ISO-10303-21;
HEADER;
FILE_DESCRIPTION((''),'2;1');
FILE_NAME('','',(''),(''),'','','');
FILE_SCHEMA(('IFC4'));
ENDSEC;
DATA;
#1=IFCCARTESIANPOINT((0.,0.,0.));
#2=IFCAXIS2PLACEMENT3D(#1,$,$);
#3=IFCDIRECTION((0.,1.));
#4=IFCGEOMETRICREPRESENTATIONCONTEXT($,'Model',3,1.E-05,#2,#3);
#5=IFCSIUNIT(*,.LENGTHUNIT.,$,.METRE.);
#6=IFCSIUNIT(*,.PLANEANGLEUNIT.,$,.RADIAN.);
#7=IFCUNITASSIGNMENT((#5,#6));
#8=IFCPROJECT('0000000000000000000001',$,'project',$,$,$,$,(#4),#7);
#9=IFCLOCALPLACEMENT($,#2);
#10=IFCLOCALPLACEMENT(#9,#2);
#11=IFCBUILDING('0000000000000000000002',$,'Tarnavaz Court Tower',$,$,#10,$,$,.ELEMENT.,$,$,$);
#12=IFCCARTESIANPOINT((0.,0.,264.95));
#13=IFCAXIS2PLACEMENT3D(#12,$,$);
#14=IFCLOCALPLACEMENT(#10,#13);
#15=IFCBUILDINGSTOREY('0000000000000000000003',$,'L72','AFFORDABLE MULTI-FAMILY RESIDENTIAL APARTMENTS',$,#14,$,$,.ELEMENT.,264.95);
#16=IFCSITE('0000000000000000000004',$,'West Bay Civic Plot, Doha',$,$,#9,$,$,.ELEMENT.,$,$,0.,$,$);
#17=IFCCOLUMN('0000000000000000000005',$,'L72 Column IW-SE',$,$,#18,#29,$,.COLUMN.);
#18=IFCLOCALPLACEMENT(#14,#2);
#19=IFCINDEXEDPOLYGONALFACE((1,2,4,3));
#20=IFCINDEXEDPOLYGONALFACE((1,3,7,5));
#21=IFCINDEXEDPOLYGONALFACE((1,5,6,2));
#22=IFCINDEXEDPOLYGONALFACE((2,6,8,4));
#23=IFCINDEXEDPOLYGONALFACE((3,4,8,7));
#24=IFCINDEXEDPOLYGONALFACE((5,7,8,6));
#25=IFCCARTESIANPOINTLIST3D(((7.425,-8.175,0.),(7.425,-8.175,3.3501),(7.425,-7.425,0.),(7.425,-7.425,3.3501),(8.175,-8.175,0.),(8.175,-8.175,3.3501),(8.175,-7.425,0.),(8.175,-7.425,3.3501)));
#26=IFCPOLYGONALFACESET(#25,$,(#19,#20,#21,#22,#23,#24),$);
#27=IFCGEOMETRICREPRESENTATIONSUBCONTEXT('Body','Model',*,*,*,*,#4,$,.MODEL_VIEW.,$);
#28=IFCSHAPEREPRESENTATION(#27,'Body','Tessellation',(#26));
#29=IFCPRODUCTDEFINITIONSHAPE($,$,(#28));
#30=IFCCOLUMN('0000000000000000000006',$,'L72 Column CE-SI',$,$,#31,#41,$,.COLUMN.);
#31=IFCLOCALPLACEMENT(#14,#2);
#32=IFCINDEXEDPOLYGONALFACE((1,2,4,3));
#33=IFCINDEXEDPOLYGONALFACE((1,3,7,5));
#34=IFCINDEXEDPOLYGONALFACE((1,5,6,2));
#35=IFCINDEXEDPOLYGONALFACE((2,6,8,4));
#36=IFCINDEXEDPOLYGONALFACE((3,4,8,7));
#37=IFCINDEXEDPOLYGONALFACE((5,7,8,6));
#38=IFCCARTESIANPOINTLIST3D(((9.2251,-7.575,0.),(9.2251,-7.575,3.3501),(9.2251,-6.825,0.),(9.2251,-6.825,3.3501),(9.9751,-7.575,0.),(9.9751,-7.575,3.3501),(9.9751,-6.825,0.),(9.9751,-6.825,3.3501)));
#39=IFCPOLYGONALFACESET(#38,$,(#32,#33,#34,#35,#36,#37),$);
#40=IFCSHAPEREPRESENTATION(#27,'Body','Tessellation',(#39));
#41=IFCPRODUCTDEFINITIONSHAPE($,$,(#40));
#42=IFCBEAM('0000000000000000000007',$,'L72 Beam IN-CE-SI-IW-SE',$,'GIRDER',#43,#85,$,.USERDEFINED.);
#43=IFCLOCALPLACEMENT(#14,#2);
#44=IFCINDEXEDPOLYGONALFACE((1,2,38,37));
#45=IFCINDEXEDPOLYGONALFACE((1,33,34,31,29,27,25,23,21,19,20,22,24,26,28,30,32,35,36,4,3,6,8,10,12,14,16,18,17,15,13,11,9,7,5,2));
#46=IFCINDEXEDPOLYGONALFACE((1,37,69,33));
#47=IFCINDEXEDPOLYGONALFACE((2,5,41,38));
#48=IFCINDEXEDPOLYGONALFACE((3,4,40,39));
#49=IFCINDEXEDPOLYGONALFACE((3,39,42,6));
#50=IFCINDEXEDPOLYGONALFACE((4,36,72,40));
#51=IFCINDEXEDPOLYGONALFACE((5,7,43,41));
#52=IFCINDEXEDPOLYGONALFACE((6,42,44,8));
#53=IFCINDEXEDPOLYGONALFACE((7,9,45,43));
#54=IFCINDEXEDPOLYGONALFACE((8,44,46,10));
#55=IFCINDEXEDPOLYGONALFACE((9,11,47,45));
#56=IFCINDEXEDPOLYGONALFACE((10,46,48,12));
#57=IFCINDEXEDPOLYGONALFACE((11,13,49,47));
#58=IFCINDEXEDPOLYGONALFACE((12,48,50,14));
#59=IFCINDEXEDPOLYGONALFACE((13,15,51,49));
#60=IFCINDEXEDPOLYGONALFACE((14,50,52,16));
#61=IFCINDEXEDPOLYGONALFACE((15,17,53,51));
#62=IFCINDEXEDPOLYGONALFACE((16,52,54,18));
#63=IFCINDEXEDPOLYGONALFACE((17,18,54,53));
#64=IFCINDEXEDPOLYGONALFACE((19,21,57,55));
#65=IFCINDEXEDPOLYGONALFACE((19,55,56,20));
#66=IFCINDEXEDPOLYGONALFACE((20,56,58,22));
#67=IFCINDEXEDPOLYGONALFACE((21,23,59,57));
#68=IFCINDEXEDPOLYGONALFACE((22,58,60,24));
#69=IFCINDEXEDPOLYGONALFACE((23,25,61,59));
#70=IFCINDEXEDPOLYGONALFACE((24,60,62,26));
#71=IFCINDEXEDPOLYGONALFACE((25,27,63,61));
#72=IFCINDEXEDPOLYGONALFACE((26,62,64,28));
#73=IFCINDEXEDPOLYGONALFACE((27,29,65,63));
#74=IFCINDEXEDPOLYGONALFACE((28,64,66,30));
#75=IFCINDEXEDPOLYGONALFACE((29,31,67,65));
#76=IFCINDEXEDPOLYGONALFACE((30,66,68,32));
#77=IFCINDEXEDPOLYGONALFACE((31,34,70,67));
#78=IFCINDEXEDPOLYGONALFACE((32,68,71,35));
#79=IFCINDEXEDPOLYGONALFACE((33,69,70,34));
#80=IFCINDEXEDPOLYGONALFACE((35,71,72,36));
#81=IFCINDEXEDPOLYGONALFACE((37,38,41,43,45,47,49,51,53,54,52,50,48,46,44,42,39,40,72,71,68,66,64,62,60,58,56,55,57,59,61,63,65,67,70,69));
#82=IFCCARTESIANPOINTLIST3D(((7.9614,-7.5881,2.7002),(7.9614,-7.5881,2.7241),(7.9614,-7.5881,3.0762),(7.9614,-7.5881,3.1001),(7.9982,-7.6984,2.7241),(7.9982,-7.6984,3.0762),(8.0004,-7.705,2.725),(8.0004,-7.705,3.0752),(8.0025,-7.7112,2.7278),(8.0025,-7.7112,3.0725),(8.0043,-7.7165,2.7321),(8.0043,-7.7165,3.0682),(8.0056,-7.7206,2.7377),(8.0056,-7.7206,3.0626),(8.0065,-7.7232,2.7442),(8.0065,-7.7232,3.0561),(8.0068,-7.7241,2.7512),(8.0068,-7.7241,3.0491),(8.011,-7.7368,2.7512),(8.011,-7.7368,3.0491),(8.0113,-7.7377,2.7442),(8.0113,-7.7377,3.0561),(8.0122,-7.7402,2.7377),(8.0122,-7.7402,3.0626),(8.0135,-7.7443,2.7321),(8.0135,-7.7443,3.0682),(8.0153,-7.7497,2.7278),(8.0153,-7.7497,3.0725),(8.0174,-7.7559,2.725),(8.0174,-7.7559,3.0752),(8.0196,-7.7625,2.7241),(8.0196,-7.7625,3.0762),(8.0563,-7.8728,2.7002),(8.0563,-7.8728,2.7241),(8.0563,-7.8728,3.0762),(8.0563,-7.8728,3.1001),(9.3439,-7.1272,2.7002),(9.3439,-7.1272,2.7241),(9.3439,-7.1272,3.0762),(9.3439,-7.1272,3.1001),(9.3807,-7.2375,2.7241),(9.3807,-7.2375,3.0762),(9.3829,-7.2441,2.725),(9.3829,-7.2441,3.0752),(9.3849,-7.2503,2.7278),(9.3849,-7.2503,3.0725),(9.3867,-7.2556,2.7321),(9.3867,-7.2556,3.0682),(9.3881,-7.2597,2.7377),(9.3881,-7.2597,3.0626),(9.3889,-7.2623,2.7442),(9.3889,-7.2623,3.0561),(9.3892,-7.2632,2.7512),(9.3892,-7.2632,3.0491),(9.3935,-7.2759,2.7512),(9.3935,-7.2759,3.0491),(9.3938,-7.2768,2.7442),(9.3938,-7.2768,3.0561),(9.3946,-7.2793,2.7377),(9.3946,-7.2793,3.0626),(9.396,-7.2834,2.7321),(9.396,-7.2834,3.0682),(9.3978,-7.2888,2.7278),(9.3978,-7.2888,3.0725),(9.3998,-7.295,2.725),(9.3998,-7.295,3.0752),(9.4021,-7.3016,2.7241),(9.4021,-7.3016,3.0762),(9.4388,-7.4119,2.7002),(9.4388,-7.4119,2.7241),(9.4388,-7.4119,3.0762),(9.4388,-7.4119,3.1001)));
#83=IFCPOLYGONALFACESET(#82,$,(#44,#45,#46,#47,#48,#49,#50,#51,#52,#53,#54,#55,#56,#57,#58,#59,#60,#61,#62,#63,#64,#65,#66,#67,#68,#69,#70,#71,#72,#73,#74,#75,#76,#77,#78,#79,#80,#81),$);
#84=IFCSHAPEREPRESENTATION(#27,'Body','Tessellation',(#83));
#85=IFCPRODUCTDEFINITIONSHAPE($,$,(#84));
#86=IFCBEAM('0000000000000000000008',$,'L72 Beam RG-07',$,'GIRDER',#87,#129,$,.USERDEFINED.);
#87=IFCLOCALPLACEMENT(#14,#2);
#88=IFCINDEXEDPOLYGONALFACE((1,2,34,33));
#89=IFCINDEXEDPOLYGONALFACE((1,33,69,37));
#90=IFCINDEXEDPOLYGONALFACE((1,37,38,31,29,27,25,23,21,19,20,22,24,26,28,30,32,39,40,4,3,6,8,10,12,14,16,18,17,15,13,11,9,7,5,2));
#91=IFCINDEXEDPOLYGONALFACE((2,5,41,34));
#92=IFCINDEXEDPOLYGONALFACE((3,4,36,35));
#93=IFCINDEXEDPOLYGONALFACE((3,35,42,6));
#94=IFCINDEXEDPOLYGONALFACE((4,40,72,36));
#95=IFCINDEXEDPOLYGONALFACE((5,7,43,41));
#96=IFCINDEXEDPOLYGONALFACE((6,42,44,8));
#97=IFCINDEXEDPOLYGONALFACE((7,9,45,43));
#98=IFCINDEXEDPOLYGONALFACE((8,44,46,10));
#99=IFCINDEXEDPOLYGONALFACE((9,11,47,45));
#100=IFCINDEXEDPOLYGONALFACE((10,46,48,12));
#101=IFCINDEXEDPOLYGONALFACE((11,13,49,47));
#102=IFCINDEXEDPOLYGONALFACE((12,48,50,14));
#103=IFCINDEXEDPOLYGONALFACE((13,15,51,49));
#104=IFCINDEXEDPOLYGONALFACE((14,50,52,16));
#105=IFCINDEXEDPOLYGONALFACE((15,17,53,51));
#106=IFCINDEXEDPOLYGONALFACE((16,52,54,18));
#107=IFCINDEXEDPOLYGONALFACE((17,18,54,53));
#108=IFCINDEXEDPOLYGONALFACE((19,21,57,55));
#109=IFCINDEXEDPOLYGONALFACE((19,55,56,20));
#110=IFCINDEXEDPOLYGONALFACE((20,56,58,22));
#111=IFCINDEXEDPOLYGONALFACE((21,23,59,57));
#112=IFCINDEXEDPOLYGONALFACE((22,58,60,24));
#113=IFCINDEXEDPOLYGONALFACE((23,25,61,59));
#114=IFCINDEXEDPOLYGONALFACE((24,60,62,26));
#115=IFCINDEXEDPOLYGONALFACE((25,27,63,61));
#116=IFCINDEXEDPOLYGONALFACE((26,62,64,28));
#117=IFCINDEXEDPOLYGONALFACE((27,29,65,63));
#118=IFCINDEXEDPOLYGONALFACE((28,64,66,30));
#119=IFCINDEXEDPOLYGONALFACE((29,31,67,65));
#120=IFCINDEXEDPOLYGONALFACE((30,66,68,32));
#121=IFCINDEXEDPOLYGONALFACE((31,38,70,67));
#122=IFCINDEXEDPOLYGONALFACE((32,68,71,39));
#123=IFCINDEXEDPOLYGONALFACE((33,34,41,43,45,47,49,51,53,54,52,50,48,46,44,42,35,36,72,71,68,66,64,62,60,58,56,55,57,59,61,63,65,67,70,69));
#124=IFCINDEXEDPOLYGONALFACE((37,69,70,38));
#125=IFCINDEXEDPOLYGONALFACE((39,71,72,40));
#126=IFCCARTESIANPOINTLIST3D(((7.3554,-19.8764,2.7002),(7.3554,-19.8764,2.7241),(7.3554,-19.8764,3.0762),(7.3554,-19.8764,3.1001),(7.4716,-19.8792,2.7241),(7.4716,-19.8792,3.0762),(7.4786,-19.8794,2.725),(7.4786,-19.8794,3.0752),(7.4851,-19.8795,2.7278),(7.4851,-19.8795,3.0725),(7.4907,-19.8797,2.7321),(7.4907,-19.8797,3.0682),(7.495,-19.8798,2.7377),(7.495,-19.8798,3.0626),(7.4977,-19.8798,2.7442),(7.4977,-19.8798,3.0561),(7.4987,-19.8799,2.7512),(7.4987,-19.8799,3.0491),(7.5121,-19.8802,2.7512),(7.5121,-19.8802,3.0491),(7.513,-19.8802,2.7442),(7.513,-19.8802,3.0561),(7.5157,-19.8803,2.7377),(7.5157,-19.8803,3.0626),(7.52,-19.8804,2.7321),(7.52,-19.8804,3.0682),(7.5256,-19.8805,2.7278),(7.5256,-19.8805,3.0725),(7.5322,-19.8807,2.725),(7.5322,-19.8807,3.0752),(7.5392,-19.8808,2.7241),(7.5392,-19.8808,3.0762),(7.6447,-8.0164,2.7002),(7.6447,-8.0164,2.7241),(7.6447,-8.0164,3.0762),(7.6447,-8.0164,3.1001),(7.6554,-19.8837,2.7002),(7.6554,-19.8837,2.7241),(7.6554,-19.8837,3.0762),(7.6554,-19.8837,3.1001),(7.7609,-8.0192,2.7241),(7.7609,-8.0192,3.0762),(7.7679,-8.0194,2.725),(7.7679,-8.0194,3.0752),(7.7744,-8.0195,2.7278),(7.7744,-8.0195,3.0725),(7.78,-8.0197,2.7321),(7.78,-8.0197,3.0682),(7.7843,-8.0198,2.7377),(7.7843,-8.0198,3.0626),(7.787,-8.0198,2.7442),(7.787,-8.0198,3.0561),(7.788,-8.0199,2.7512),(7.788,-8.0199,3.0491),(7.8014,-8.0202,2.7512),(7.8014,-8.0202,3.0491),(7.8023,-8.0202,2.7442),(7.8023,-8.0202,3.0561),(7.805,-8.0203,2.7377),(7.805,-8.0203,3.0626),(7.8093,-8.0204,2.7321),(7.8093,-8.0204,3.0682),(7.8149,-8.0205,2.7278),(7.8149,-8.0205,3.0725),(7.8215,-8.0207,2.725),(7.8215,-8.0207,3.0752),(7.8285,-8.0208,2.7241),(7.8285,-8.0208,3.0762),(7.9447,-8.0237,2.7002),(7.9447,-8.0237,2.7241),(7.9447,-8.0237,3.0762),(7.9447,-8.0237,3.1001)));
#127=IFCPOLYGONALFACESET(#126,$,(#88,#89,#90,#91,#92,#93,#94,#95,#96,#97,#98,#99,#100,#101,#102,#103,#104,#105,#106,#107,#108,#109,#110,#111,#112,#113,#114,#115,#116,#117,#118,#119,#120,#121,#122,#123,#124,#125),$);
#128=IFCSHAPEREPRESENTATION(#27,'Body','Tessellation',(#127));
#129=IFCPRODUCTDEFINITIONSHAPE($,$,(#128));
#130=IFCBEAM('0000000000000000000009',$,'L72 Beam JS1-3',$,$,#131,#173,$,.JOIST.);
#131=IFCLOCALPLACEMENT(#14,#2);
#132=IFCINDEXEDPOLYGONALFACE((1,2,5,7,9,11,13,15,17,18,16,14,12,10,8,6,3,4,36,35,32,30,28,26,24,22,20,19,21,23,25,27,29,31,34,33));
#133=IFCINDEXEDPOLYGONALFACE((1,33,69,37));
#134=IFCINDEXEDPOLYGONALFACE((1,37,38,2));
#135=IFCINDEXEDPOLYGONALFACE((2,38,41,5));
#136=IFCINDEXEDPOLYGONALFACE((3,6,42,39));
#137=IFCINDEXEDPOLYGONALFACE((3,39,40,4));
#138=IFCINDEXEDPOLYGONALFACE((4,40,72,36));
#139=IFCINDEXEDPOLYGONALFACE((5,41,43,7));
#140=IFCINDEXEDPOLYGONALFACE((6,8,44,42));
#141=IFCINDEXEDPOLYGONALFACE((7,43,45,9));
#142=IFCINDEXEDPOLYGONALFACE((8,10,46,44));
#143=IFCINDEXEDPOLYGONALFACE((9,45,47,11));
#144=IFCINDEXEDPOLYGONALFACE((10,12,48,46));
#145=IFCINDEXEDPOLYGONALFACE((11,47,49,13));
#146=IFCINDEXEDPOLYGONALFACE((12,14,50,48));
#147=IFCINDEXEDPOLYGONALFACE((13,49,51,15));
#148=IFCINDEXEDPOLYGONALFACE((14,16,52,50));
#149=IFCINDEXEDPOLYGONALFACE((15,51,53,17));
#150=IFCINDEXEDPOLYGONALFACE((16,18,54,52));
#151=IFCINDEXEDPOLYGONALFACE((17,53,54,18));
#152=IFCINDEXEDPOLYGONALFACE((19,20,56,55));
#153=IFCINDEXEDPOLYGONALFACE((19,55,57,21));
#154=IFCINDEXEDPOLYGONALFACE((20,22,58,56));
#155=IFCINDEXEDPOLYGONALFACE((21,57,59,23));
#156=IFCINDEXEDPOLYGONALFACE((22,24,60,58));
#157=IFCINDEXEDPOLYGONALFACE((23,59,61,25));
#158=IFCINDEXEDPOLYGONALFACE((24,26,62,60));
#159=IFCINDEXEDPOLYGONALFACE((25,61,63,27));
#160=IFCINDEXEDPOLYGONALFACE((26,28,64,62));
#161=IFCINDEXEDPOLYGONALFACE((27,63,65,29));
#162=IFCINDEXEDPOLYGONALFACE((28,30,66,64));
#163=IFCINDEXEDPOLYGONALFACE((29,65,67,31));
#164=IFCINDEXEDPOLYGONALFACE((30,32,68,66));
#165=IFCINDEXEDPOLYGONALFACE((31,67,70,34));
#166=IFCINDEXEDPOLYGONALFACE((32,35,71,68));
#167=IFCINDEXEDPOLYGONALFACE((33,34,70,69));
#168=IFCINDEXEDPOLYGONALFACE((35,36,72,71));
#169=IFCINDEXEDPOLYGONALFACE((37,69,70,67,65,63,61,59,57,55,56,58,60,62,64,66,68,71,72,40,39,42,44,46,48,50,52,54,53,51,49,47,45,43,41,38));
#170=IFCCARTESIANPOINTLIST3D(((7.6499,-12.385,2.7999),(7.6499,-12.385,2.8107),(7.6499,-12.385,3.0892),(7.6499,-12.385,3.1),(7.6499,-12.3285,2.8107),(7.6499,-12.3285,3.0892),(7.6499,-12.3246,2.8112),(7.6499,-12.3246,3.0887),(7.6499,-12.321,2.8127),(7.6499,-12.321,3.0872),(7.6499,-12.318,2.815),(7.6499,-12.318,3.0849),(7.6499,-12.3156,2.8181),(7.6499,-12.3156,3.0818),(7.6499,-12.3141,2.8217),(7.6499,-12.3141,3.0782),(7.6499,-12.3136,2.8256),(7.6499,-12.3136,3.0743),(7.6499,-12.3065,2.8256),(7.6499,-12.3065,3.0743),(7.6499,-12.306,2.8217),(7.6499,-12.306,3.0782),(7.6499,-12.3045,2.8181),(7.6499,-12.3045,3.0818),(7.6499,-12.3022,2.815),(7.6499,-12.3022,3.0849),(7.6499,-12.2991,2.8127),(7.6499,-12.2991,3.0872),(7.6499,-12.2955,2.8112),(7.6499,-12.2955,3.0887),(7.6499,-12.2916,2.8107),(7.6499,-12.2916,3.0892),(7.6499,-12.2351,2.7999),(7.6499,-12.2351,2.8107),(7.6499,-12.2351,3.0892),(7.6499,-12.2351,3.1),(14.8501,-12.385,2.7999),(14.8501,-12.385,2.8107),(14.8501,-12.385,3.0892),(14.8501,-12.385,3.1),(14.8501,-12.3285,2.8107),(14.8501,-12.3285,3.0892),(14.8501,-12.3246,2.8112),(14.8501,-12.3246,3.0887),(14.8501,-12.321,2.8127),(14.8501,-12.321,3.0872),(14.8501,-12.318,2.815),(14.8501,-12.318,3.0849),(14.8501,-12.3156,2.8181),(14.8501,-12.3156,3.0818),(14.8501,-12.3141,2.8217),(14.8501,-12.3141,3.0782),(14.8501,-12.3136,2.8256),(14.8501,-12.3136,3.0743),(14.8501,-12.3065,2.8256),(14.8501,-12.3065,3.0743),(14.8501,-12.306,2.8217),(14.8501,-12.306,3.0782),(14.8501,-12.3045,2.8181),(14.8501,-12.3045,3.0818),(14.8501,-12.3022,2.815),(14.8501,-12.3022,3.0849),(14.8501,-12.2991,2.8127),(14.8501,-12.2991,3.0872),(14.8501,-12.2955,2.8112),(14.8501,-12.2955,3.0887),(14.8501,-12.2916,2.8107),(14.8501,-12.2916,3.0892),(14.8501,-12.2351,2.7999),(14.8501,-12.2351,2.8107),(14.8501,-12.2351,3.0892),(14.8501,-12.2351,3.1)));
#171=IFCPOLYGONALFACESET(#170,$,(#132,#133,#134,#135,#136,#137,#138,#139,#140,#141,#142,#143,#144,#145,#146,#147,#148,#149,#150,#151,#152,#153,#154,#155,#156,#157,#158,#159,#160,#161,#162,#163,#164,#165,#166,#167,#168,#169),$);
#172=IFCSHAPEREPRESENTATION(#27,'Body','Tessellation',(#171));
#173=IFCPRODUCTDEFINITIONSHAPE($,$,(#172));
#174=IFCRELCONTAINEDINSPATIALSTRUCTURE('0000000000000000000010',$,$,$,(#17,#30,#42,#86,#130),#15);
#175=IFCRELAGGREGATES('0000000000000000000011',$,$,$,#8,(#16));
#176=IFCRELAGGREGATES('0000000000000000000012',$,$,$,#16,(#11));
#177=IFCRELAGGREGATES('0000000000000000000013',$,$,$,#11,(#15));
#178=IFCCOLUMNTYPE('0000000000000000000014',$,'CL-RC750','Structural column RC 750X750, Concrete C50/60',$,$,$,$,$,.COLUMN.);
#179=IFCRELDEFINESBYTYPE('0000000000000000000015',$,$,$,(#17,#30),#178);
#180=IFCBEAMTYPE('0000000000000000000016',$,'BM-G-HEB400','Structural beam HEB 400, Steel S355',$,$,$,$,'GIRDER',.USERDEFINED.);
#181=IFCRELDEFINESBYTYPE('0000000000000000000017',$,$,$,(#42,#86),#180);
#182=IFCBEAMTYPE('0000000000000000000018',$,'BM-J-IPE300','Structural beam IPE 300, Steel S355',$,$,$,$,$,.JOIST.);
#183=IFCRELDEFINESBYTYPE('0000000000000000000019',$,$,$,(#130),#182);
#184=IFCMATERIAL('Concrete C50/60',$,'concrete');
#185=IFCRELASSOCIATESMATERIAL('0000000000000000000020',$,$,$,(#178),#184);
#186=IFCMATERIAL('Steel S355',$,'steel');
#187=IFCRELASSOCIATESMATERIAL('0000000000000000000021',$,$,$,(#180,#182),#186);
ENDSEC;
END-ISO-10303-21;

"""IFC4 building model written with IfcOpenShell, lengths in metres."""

from ifc_helpers import new_model, si_unit, direction, frame, origin, origin_2d, place, context, subcontext, project, spatial, rectangle, i_section, extrude, material, material_profile, profile_set, type_object, element, save


model = new_model("IFC4")

# Units and contexts
model_context = context("Model", 3, precision=1e-05, world=origin(), true_north=direction((0.0, 1.0)))
body_context = subcontext(model_context, "Body", "Model", "MODEL_VIEW")
ifc_project = project(units=[si_unit("LENGTHUNIT", "METRE"), si_unit("PLANEANGLEUNIT", "RADIAN")], contexts=[model_context])

# Site, building, storey
site_placement = place(None, origin())
site = spatial("IfcSite", under=ifc_project, at=site_placement, Name="West Bay Civic Plot, Doha", CompositionType="ELEMENT", RefElevation=0.0)
building_placement = place(site_placement, origin())
building = spatial("IfcBuilding", under=site, at=building_placement, Name="Tarnavaz Court Tower", CompositionType="ELEMENT")
storey_placement = place(building_placement, frame((0.0, 0.0, 264.95)))
storey = spatial("IfcBuildingStorey", under=building, at=storey_placement, Name="L72", Description="AFFORDABLE MULTI-FAMILY RESIDENTIAL APARTMENTS", CompositionType="ELEMENT", Elevation=264.95)

# Columns
ifc_material_1 = material(Name="Concrete C50/60", Category="concrete")
ifc_material_profile_1 = material_profile(ifc_material_1, rectangle(XDim=0.75, YDim=0.75, at=origin_2d()), Name="RC 750X750")
ifc_profile_set_1 = profile_set([ifc_material_profile_1], Name="Concrete C50/60")
column_type = type_object("IfcColumnType", Name="CL-RC750", Description="Structural column RC 750X750, Concrete C50/60", PredefinedType="COLUMN", material=ifc_profile_set_1)
for number, where, z_axis, x_axis, name in (
    (1, (7.8, -7.8, 0.0), (0.0, 0.0, 1.0), (1.0, 0.0, 0.0), "L72 Column IW-SE"),
    (2, (9.6001, -7.2, 0.0), (0.0, 0.0, 1.0), (1.0, 0.0, 0.0), "L72 Column CE-SI"),
):
    element("IfcColumn", number, at=place(storey_placement, frame(where, z_axis=z_axis, x_axis=x_axis)), inside=storey, type_object=column_type, Name=name, PredefinedType="COLUMN", context=body_context, shape_type="SweptSolid", body=[
        extrude(rectangle(XDim=0.75, YDim=0.75, at=origin_2d()), origin(), (0.0, 0.0, 1.0), 3.3501),
    ])

# Beams
ifc_material_2 = material(Name="Steel S355", Category="steel")
ifc_material_profile_2 = material_profile(ifc_material_2, i_section(OverallWidth=0.3, OverallDepth=0.3999, WebThickness=0.0134, FlangeThickness=0.0239, FilletRadius=0.0271, at=origin_2d()), Name="HEB 400")
ifc_profile_set_2 = profile_set([ifc_material_profile_2], Name="Steel S355")
beam_type_1 = type_object("IfcBeamType", Name="BM-G-HEB400", Description="Structural beam HEB 400, Steel S355", ElementType="GIRDER", PredefinedType="USERDEFINED", material=ifc_profile_set_2)
beam_1_placement = place(storey_placement, frame((9.3914, -7.2695, 2.9001), z_axis=(-0.948667, -0.316278, 0.0), x_axis=(0.316278, -0.948667, 0.0)))
element("IfcBeam", 3, at=beam_1_placement, inside=storey, type_object=beam_type_1, Name="L72 Beam IN-CE-SI-IW-SE", ObjectType="GIRDER", PredefinedType="USERDEFINED", context=body_context, shape_type="SweptSolid", body=[
    extrude(i_section(OverallWidth=0.3, OverallDepth=0.3999, WebThickness=0.0134, FlangeThickness=0.0239, FilletRadius=0.0271, at=origin_2d()), origin(), (0.0, 0.0, 1.0), 1.4573),
])
beam_2_placement = place(storey_placement, frame((7.7947, -8.02, 2.9001), z_axis=(-0.024386, -0.999703, 0.0), x_axis=(0.999703, -0.024386, 0.0)))
element("IfcBeam", 4, at=beam_2_placement, inside=storey, type_object=beam_type_1, Name="L72 Beam RG-07", ObjectType="GIRDER", PredefinedType="USERDEFINED", context=body_context, shape_type="SweptSolid", body=[
    extrude(i_section(OverallWidth=0.3, OverallDepth=0.3999, WebThickness=0.0134, FlangeThickness=0.0239, FilletRadius=0.0271, at=origin_2d()), origin(), (0.0, 0.0, 1.0), 11.8635),
])
ifc_material_profile_3 = material_profile(ifc_material_2, i_section(OverallWidth=0.1499, OverallDepth=0.3, WebThickness=0.0071, FlangeThickness=0.0107, FilletRadius=0.0149, at=origin_2d()), Name="IPE 300")
ifc_profile_set_3 = profile_set([ifc_material_profile_3], Name="Steel S355")
beam_type_2 = type_object("IfcBeamType", Name="BM-J-IPE300", Description="Structural beam IPE 300, Steel S355", PredefinedType="JOIST", material=ifc_profile_set_3)
beam_3_placement = place(storey_placement, frame((7.6499, -12.3101, 2.95), z_axis=(1.0, 0.0, 0.0), x_axis=(0.0, 1.0, 0.0)))
element("IfcBeam", 5, at=beam_3_placement, inside=storey, type_object=beam_type_2, Name="L72 Beam JS1-3", PredefinedType="JOIST", context=body_context, shape_type="SweptSolid", body=[
    extrude(i_section(OverallWidth=0.1499, OverallDepth=0.3, WebThickness=0.0071, FlangeThickness=0.0107, FilletRadius=0.0149, at=origin_2d()), origin(), (0.0, 0.0, 1.0), 7.2002),
])

save(model, "model.ifc")
